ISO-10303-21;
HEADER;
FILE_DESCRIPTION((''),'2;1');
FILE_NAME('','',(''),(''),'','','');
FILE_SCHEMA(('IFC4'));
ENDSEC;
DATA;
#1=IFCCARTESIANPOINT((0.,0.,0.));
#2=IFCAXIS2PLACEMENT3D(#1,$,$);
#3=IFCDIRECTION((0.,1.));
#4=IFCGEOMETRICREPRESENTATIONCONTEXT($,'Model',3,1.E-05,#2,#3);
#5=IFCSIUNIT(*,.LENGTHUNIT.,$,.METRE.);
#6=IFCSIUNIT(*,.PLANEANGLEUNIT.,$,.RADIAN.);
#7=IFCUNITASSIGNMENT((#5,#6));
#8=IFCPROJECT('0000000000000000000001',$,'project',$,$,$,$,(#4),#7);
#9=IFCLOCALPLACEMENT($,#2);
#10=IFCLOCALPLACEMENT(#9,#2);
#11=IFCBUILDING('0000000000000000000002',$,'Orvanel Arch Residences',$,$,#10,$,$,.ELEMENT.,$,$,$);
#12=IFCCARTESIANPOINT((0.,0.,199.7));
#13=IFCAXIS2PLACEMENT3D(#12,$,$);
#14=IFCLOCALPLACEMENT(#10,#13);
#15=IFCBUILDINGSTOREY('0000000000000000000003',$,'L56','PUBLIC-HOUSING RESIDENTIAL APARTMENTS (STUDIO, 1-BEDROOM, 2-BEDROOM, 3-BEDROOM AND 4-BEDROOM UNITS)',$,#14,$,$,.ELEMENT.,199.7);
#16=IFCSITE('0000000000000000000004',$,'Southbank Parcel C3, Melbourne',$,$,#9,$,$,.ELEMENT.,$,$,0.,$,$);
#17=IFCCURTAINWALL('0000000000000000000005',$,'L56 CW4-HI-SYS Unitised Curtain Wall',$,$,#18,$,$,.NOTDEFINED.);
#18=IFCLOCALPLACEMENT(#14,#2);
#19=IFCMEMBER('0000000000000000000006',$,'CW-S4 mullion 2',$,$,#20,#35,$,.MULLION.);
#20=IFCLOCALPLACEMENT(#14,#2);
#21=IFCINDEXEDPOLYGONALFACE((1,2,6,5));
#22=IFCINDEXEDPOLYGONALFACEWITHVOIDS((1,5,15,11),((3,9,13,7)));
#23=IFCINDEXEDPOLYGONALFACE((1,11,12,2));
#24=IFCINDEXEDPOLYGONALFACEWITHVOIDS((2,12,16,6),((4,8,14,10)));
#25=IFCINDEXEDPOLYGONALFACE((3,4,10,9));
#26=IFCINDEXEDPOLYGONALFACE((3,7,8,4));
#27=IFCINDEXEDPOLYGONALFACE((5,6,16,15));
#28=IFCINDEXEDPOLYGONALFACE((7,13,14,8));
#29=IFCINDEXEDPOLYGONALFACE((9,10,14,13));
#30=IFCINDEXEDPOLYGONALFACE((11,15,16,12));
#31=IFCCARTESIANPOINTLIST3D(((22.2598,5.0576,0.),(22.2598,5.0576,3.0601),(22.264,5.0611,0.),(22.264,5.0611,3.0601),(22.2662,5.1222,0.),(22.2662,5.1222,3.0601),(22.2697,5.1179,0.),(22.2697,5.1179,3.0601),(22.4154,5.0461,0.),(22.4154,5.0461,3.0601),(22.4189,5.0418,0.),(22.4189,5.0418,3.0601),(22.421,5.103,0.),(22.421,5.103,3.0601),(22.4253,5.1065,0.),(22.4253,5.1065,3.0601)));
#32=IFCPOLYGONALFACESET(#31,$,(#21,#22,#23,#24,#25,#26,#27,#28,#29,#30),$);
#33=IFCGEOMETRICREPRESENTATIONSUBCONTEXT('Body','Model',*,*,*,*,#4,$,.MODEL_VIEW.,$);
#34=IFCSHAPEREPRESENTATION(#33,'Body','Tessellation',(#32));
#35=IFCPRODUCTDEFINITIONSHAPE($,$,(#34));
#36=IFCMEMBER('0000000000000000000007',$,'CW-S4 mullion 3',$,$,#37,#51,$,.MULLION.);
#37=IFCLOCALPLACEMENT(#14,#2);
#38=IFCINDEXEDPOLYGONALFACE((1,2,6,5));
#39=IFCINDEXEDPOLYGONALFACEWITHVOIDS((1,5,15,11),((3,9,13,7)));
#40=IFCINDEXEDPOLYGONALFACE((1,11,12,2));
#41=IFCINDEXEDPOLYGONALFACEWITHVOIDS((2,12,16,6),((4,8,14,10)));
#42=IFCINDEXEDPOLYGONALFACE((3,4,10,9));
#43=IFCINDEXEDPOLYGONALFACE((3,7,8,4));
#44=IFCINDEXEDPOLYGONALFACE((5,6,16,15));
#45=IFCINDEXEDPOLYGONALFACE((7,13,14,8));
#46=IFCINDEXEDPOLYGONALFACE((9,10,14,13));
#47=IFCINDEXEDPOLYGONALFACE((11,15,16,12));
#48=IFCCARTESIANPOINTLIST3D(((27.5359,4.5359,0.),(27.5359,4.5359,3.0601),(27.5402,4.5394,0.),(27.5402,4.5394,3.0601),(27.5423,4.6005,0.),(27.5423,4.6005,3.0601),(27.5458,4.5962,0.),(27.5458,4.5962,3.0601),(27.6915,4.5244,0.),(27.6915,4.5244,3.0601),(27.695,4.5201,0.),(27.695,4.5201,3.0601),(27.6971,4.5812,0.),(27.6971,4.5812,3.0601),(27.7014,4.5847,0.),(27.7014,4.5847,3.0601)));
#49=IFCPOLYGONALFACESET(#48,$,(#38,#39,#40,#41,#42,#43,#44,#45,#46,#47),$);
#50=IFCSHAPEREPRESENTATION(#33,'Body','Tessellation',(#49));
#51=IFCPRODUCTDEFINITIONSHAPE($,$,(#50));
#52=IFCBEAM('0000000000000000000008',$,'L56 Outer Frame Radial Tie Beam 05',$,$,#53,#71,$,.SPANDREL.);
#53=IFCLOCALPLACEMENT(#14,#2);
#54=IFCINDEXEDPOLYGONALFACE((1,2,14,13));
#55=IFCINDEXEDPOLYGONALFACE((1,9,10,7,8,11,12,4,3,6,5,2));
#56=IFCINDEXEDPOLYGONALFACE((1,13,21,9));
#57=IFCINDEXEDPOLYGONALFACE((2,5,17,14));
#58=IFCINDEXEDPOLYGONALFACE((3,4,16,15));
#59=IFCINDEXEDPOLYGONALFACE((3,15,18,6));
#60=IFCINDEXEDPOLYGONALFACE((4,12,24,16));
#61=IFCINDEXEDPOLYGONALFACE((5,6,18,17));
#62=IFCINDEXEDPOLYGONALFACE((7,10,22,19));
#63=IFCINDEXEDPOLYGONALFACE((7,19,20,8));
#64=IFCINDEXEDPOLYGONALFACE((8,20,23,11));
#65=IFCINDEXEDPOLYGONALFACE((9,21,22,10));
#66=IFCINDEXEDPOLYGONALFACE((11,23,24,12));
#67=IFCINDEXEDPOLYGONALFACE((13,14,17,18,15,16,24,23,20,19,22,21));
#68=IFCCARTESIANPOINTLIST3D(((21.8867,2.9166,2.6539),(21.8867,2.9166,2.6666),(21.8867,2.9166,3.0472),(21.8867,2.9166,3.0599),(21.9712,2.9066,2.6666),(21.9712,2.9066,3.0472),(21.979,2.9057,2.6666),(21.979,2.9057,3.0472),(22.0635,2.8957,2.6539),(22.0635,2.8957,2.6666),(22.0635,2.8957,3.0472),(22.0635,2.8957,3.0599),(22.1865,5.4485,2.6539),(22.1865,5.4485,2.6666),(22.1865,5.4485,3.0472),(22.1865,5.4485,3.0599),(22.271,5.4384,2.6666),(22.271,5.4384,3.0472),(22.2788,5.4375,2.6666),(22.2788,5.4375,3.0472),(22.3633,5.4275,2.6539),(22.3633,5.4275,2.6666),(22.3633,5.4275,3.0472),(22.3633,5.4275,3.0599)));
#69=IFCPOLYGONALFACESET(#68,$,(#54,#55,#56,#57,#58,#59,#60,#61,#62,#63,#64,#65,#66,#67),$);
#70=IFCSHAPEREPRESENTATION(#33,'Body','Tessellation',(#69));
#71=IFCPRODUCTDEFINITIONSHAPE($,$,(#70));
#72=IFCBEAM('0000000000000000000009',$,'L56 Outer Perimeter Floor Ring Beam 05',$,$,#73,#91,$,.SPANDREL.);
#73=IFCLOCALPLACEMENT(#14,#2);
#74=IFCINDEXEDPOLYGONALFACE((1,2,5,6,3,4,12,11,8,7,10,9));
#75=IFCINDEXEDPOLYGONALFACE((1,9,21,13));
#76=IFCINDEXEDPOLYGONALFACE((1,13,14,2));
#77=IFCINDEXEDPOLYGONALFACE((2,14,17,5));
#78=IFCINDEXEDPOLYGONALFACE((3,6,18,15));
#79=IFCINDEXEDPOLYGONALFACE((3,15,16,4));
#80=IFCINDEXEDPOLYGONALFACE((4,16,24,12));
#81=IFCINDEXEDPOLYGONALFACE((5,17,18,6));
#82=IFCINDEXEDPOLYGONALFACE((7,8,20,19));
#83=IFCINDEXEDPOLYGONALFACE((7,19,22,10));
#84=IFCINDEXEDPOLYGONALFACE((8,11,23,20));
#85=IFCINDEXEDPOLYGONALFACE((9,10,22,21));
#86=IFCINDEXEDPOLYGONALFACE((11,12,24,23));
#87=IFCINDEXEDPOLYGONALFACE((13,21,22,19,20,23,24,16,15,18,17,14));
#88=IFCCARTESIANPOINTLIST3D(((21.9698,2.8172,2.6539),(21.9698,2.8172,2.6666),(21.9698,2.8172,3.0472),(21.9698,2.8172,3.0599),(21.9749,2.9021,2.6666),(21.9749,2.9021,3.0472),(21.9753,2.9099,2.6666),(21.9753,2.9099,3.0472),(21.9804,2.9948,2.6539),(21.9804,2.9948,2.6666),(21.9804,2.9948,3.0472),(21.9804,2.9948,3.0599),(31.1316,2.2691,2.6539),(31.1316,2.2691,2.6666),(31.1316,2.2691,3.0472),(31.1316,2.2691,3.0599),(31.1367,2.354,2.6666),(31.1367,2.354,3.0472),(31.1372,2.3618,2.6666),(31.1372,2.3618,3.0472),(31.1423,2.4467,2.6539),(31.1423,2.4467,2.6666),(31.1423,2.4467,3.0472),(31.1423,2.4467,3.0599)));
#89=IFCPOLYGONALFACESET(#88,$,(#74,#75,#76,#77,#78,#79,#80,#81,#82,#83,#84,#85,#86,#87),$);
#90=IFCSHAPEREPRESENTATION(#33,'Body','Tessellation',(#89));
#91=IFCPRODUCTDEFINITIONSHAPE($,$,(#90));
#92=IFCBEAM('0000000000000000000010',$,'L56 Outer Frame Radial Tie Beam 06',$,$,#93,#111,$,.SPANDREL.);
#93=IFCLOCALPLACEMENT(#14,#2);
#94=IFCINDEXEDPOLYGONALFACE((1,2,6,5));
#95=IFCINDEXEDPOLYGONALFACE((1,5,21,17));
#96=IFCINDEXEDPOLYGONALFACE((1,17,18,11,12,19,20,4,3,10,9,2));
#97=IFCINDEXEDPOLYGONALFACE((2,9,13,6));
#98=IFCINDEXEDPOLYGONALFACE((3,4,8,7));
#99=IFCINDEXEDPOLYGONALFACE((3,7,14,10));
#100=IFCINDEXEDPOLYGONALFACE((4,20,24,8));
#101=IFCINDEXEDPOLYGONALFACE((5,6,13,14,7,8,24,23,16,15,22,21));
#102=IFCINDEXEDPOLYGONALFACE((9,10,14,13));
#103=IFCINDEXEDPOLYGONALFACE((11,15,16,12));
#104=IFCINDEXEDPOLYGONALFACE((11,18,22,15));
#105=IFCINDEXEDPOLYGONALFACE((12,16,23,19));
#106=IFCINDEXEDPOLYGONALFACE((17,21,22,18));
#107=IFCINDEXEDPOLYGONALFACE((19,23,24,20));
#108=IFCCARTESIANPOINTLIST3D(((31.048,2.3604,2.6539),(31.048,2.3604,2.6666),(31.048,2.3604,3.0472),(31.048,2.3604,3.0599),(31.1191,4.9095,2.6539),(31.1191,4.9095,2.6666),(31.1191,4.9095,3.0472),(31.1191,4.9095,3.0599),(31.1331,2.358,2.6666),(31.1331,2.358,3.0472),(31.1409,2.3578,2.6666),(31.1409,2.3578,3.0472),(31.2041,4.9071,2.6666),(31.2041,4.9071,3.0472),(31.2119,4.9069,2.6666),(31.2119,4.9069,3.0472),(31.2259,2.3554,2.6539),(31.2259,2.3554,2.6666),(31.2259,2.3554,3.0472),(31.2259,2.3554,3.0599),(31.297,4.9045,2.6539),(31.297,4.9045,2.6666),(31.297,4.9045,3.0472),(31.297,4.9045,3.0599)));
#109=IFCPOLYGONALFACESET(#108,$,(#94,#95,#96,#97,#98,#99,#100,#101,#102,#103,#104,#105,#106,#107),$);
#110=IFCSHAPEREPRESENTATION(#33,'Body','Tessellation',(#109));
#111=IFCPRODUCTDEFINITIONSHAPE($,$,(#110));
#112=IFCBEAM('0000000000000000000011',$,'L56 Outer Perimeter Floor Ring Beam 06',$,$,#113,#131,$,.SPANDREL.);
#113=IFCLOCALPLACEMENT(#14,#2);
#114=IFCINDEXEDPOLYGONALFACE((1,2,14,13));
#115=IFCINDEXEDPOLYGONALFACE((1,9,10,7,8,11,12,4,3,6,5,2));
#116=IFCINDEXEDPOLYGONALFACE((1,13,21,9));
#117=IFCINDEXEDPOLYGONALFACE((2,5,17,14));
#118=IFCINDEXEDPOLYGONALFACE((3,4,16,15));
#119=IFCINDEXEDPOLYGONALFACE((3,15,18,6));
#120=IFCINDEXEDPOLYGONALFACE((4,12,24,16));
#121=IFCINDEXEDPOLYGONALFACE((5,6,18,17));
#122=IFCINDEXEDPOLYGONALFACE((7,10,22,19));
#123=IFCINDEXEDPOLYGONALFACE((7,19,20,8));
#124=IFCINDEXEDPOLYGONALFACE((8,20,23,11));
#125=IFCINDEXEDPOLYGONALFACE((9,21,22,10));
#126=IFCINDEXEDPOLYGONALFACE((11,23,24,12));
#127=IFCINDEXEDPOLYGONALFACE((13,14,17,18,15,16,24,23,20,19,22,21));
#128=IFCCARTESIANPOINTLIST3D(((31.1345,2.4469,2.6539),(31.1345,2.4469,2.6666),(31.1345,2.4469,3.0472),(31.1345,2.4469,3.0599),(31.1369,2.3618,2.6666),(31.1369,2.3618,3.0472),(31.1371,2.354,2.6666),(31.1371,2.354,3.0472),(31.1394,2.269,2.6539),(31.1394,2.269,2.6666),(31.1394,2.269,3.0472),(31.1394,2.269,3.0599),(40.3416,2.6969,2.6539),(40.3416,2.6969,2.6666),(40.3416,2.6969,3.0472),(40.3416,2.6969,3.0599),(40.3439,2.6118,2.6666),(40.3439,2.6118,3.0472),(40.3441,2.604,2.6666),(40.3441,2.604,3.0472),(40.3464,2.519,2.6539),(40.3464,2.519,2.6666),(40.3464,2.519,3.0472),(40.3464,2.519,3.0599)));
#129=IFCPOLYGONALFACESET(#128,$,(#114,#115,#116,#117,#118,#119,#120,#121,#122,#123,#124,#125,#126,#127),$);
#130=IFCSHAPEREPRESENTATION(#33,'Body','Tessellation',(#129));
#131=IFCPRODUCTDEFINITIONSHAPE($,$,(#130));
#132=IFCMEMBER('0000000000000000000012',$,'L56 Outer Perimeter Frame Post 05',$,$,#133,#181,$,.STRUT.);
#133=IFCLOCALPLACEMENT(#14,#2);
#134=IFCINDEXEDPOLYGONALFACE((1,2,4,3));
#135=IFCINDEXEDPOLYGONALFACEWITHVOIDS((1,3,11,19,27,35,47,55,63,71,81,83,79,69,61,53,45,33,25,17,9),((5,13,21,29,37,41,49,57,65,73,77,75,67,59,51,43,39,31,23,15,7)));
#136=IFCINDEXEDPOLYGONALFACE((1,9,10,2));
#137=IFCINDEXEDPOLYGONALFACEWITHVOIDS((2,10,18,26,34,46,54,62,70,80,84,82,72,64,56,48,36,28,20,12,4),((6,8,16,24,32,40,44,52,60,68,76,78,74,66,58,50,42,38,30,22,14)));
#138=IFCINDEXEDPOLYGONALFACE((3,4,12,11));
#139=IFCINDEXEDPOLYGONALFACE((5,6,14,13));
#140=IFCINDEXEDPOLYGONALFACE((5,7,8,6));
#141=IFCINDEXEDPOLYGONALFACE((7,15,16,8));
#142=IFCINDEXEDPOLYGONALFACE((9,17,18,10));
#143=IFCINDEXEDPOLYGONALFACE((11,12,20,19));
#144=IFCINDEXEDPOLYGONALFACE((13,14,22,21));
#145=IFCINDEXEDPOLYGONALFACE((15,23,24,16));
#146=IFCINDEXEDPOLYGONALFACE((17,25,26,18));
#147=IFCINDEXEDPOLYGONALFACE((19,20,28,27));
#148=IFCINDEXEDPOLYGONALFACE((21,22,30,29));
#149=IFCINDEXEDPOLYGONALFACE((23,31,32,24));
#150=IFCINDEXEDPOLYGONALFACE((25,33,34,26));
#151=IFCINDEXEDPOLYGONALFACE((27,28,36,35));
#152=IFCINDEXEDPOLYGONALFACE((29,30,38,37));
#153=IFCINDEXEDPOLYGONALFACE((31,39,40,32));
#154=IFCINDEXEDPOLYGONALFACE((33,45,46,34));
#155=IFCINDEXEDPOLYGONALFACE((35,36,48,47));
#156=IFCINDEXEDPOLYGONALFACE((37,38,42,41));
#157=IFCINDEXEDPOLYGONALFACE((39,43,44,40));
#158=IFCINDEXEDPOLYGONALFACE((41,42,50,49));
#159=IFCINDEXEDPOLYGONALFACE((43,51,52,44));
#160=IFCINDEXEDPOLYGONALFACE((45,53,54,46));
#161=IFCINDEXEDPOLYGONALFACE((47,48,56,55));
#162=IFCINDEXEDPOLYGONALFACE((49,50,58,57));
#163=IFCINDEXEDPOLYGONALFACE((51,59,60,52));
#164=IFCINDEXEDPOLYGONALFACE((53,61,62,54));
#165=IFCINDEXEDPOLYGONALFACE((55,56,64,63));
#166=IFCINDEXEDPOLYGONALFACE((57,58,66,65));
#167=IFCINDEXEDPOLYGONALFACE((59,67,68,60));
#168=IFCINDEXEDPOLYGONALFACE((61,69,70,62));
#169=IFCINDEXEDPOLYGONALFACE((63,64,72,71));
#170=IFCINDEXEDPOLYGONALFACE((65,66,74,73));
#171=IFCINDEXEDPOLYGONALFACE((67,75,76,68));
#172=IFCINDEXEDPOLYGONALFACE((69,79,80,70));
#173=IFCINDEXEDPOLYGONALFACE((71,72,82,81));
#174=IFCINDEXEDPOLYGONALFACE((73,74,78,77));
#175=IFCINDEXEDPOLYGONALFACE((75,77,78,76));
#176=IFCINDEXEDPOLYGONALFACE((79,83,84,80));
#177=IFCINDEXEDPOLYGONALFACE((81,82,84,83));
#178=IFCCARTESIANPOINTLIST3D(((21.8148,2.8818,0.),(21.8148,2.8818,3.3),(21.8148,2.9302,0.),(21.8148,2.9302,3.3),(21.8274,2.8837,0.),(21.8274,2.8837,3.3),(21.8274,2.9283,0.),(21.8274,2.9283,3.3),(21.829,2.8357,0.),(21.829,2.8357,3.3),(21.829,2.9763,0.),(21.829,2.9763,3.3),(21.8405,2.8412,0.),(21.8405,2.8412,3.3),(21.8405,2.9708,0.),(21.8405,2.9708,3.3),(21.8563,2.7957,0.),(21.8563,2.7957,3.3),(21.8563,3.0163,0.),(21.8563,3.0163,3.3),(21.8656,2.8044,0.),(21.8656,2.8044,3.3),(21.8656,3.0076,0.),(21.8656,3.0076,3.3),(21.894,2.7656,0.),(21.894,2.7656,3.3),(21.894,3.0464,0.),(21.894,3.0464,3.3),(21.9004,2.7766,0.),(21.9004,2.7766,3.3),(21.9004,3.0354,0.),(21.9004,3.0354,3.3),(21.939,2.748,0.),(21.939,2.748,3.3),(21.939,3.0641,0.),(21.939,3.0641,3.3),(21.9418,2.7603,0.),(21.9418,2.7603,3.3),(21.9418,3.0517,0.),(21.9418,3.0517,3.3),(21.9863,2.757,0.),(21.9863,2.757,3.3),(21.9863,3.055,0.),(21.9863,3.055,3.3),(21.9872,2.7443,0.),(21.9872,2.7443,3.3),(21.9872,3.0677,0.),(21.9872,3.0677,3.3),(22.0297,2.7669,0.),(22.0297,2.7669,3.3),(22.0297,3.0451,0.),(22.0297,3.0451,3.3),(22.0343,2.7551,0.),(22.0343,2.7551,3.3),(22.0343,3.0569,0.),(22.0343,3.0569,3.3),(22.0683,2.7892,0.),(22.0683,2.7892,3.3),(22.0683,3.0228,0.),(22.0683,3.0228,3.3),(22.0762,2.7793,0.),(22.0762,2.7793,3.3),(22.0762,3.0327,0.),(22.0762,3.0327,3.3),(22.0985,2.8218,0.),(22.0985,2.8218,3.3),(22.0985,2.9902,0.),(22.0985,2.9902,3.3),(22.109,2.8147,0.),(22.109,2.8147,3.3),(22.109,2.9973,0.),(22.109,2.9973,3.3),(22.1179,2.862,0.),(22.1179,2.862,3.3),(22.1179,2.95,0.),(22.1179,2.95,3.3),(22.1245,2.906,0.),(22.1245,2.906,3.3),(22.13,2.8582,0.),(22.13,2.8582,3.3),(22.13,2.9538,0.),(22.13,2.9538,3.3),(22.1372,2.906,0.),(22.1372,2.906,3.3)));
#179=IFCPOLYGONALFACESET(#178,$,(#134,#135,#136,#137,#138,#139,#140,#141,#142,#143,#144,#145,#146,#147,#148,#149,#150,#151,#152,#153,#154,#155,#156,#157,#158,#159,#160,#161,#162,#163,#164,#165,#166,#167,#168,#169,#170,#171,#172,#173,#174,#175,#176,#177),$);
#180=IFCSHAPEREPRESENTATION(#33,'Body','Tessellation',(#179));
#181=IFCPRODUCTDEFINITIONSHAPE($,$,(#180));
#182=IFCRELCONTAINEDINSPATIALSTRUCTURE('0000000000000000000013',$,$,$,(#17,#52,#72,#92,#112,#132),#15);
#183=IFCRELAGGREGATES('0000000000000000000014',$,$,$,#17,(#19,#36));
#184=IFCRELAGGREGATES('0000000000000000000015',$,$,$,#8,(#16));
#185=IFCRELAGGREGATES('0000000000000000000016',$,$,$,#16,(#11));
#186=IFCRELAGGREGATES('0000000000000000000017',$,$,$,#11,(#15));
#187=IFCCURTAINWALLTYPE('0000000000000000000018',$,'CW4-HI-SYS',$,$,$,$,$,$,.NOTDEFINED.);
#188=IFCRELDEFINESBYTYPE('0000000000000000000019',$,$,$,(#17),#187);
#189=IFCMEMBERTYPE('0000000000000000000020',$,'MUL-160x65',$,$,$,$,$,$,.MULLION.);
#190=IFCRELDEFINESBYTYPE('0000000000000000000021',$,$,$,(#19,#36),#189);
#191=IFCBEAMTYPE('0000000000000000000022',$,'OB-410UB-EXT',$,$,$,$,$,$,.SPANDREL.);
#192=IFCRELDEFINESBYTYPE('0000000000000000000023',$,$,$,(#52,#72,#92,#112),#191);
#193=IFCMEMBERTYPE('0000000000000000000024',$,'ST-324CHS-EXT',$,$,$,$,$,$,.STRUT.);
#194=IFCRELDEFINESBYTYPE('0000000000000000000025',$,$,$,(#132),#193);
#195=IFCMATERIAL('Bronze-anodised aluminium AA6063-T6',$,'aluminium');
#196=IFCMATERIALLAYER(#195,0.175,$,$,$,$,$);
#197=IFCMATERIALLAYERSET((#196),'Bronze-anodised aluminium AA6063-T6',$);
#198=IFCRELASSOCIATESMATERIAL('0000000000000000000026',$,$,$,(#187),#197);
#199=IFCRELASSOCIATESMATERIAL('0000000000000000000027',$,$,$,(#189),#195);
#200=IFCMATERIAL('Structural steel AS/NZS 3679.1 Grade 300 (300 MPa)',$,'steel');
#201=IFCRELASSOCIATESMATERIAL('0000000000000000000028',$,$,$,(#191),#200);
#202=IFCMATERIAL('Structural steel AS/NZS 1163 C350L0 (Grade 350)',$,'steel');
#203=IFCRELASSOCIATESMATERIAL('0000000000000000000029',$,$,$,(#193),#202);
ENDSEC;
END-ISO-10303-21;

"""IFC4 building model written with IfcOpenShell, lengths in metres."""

from ifc_helpers import new_model, si_unit, direction, frame, origin, origin_2d, place, context, subcontext, project, spatial, hollow_rectangle, hollow_circle, i_section, extrude, material, layer, layer_set, material_profile, profile_set, type_object, element, aggregate, save


model = new_model("IFC4")

# Units and contexts
model_context = context("Model", 3, precision=1e-05, world=origin(), true_north=direction((0.0, 1.0)))
body_context = subcontext(model_context, "Body", "Model", "MODEL_VIEW")
ifc_project = project(units=[si_unit("LENGTHUNIT", "METRE"), si_unit("PLANEANGLEUNIT", "RADIAN")], contexts=[model_context])

# Site, building, storey
site_placement = place(None, origin())
site = spatial("IfcSite", under=ifc_project, at=site_placement, Name="Southbank Parcel C3, Melbourne", CompositionType="ELEMENT", RefElevation=0.0)
building_placement = place(site_placement, origin())
building = spatial("IfcBuilding", under=site, at=building_placement, Name="Orvanel Arch Residences", CompositionType="ELEMENT")
storey_placement = place(building_placement, frame((0.0, 0.0, 199.7)))
storey = spatial("IfcBuildingStorey", under=building, at=storey_placement, Name="L56", Description="PUBLIC-HOUSING RESIDENTIAL APARTMENTS (STUDIO, 1-BEDROOM, 2-BEDROOM, 3-BEDROOM AND 4-BEDROOM UNITS)", CompositionType="ELEMENT", Elevation=199.7)

# Curtain wall, members
ifc_material_1 = material(Name="Bronze-anodised aluminium AA6063-T6", Category="aluminium")
ifc_layer_1 = layer(ifc_material_1, 0.175)
ifc_layer_set_1 = layer_set([ifc_layer_1], Name="Bronze-anodised aluminium AA6063-T6")
curtain_wall_type = type_object("IfcCurtainWallType", Name="CW4-HI-SYS", PredefinedType="NOTDEFINED", material=ifc_layer_set_1)
curtain_wall_placement = place(storey_placement, origin())
curtain_wall = element("IfcCurtainWall", 1, at=curtain_wall_placement, inside=storey, type_object=curtain_wall_type, Name="L56 CW4-HI-SYS Unitised Curtain Wall", PredefinedType="NOTDEFINED")
ifc_material_profile_1 = material_profile(ifc_material_1, hollow_rectangle(XDim=0.0649, YDim=0.1599, WallThickness=0.0039, at=origin_2d()), Name="ALU160x65x4")
ifc_profile_set_1 = profile_set([ifc_material_profile_1], Name="Bronze-anodised aluminium AA6063-T6")
member_type_1 = type_object("IfcMemberType", Name="MUL-160x65", PredefinedType="MULLION", material=ifc_profile_set_1)
member_1_placement = place(storey_placement, frame((22.3425, 5.082, 0.0), z_axis=(0.0, 0.0, 1.0), x_axis=(0.098418, 0.995145, 0.0)))
member_1 = element("IfcMember", 2, at=member_1_placement, type_object=member_type_1, Name="CW-S4 mullion 2", PredefinedType="MULLION", context=body_context, shape_type="SweptSolid", body=[
    extrude(hollow_rectangle(XDim=0.0649, YDim=0.1599, WallThickness=0.0039, at=origin_2d()), origin(), (0.0, 0.0, 1.0), 3.0601),
])
member_2_placement = place(storey_placement, frame((27.6187, 4.5603, 0.0), z_axis=(0.0, 0.0, 1.0), x_axis=(0.098418, 0.995145, 0.0)))
member_2 = element("IfcMember", 3, at=member_2_placement, type_object=member_type_1, Name="CW-S4 mullion 3", PredefinedType="MULLION", context=body_context, shape_type="SweptSolid", body=[
    extrude(hollow_rectangle(XDim=0.0649, YDim=0.1599, WallThickness=0.0039, at=origin_2d()), origin(), (0.0, 0.0, 1.0), 3.0601),
])

# Beams
ifc_material_2 = material(Name="Structural steel AS/NZS 3679.1 Grade 300 (300 MPa)", Category="steel")
ifc_material_profile_2 = material_profile(ifc_material_2, i_section(OverallWidth=0.178, OverallDepth=0.406, WebThickness=0.0078, FlangeThickness=0.0127, at=origin_2d()), Name="410UB59.7")
ifc_profile_set_2 = profile_set([ifc_material_profile_2], Name="Structural steel AS/NZS 3679.1 Grade 300 (300 MPa)")
beam_type = type_object("IfcBeamType", Name="OB-410UB-EXT", PredefinedType="SPANDREL", material=ifc_profile_set_2)
beam_1_placement = place(storey_placement, frame((22.2749, 5.438, 2.8569), z_axis=(-0.117586, -0.993063, 0.0), x_axis=(0.993063, -0.117586, 0.0)))
element("IfcBeam", 4, at=beam_1_placement, inside=storey, type_object=beam_type, Name="L56 Outer Frame Radial Tie Beam 05", PredefinedType="SPANDREL", context=body_context, shape_type="SweptSolid", body=[
    extrude(i_section(OverallWidth=0.178, OverallDepth=0.406, WebThickness=0.0078, FlangeThickness=0.0127, at=origin_2d()), origin(), (0.0, 0.0, 1.0), 2.5496),
])
beam_2_placement = place(storey_placement, frame((21.9751, 2.906, 2.8569), z_axis=(0.998215, -0.059717, 0.0), x_axis=(0.059717, 0.998215, 0.0)))
element("IfcBeam", 5, at=beam_2_placement, inside=storey, type_object=beam_type, Name="L56 Outer Perimeter Floor Ring Beam 05", PredefinedType="SPANDREL", context=body_context, shape_type="SweptSolid", body=[
    extrude(i_section(OverallWidth=0.178, OverallDepth=0.406, WebThickness=0.0078, FlangeThickness=0.0127, at=origin_2d()), origin(), (0.0, 0.0, 1.0), 9.1782),
])
beam_3_placement = place(storey_placement, frame((31.208, 4.907, 2.8569), z_axis=(-0.02786, -0.999612, 0.0), x_axis=(0.999612, -0.02786, 0.0)))
element("IfcBeam", 6, at=beam_3_placement, inside=storey, type_object=beam_type, Name="L56 Outer Frame Radial Tie Beam 06", PredefinedType="SPANDREL", context=body_context, shape_type="SweptSolid", body=[
    extrude(i_section(OverallWidth=0.178, OverallDepth=0.406, WebThickness=0.0078, FlangeThickness=0.0127, at=origin_2d()), origin(), (0.0, 0.0, 1.0), 2.55),
])
beam_4_placement = place(storey_placement, frame((31.137, 2.3579, 2.8569), z_axis=(0.999632, 0.027143, 0.0), x_axis=(-0.027143, 0.999632, 0.0)))
element("IfcBeam", 7, at=beam_4_placement, inside=storey, type_object=beam_type, Name="L56 Outer Perimeter Floor Ring Beam 06", PredefinedType="SPANDREL", context=body_context, shape_type="SweptSolid", body=[
    extrude(i_section(OverallWidth=0.178, OverallDepth=0.406, WebThickness=0.0078, FlangeThickness=0.0127, at=origin_2d()), origin(), (0.0, 0.0, 1.0), 9.2104),
])

# Member
ifc_material_3 = material(Name="Structural steel AS/NZS 1163 C350L0 (Grade 350)", Category="steel")
ifc_material_profile_3 = material_profile(ifc_material_3, hollow_circle(Radius=0.1621, WallThickness=0.0127, at=origin_2d()), Name="CHS324x12.7")
ifc_profile_set_3 = profile_set([ifc_material_profile_3], Name="Structural steel AS/NZS 1163 C350L0 (Grade 350)")
member_type_2 = type_object("IfcMemberType", Name="ST-324CHS-EXT", PredefinedType="STRUT", material=ifc_profile_set_3)
for number, where, z_axis, x_axis, name in (
    (8, (21.9751, 2.906, 0.0), (0.0, 0.0, 1.0), (1.0, 0.0, 0.0), "L56 Outer Perimeter Frame Post 05"),
):
    element("IfcMember", number, at=place(storey_placement, frame(where, z_axis=z_axis, x_axis=x_axis)), inside=storey, type_object=member_type_2, Name=name, PredefinedType="STRUT", context=body_context, shape_type="SweptSolid", body=[
        extrude(hollow_circle(Radius=0.1621, WallThickness=0.0127, at=origin_2d()), origin(), (0.0, 0.0, 1.0), 3.3),
    ])

aggregate(curtain_wall, [member_1, member_2])

save(model, "model.ifc")
